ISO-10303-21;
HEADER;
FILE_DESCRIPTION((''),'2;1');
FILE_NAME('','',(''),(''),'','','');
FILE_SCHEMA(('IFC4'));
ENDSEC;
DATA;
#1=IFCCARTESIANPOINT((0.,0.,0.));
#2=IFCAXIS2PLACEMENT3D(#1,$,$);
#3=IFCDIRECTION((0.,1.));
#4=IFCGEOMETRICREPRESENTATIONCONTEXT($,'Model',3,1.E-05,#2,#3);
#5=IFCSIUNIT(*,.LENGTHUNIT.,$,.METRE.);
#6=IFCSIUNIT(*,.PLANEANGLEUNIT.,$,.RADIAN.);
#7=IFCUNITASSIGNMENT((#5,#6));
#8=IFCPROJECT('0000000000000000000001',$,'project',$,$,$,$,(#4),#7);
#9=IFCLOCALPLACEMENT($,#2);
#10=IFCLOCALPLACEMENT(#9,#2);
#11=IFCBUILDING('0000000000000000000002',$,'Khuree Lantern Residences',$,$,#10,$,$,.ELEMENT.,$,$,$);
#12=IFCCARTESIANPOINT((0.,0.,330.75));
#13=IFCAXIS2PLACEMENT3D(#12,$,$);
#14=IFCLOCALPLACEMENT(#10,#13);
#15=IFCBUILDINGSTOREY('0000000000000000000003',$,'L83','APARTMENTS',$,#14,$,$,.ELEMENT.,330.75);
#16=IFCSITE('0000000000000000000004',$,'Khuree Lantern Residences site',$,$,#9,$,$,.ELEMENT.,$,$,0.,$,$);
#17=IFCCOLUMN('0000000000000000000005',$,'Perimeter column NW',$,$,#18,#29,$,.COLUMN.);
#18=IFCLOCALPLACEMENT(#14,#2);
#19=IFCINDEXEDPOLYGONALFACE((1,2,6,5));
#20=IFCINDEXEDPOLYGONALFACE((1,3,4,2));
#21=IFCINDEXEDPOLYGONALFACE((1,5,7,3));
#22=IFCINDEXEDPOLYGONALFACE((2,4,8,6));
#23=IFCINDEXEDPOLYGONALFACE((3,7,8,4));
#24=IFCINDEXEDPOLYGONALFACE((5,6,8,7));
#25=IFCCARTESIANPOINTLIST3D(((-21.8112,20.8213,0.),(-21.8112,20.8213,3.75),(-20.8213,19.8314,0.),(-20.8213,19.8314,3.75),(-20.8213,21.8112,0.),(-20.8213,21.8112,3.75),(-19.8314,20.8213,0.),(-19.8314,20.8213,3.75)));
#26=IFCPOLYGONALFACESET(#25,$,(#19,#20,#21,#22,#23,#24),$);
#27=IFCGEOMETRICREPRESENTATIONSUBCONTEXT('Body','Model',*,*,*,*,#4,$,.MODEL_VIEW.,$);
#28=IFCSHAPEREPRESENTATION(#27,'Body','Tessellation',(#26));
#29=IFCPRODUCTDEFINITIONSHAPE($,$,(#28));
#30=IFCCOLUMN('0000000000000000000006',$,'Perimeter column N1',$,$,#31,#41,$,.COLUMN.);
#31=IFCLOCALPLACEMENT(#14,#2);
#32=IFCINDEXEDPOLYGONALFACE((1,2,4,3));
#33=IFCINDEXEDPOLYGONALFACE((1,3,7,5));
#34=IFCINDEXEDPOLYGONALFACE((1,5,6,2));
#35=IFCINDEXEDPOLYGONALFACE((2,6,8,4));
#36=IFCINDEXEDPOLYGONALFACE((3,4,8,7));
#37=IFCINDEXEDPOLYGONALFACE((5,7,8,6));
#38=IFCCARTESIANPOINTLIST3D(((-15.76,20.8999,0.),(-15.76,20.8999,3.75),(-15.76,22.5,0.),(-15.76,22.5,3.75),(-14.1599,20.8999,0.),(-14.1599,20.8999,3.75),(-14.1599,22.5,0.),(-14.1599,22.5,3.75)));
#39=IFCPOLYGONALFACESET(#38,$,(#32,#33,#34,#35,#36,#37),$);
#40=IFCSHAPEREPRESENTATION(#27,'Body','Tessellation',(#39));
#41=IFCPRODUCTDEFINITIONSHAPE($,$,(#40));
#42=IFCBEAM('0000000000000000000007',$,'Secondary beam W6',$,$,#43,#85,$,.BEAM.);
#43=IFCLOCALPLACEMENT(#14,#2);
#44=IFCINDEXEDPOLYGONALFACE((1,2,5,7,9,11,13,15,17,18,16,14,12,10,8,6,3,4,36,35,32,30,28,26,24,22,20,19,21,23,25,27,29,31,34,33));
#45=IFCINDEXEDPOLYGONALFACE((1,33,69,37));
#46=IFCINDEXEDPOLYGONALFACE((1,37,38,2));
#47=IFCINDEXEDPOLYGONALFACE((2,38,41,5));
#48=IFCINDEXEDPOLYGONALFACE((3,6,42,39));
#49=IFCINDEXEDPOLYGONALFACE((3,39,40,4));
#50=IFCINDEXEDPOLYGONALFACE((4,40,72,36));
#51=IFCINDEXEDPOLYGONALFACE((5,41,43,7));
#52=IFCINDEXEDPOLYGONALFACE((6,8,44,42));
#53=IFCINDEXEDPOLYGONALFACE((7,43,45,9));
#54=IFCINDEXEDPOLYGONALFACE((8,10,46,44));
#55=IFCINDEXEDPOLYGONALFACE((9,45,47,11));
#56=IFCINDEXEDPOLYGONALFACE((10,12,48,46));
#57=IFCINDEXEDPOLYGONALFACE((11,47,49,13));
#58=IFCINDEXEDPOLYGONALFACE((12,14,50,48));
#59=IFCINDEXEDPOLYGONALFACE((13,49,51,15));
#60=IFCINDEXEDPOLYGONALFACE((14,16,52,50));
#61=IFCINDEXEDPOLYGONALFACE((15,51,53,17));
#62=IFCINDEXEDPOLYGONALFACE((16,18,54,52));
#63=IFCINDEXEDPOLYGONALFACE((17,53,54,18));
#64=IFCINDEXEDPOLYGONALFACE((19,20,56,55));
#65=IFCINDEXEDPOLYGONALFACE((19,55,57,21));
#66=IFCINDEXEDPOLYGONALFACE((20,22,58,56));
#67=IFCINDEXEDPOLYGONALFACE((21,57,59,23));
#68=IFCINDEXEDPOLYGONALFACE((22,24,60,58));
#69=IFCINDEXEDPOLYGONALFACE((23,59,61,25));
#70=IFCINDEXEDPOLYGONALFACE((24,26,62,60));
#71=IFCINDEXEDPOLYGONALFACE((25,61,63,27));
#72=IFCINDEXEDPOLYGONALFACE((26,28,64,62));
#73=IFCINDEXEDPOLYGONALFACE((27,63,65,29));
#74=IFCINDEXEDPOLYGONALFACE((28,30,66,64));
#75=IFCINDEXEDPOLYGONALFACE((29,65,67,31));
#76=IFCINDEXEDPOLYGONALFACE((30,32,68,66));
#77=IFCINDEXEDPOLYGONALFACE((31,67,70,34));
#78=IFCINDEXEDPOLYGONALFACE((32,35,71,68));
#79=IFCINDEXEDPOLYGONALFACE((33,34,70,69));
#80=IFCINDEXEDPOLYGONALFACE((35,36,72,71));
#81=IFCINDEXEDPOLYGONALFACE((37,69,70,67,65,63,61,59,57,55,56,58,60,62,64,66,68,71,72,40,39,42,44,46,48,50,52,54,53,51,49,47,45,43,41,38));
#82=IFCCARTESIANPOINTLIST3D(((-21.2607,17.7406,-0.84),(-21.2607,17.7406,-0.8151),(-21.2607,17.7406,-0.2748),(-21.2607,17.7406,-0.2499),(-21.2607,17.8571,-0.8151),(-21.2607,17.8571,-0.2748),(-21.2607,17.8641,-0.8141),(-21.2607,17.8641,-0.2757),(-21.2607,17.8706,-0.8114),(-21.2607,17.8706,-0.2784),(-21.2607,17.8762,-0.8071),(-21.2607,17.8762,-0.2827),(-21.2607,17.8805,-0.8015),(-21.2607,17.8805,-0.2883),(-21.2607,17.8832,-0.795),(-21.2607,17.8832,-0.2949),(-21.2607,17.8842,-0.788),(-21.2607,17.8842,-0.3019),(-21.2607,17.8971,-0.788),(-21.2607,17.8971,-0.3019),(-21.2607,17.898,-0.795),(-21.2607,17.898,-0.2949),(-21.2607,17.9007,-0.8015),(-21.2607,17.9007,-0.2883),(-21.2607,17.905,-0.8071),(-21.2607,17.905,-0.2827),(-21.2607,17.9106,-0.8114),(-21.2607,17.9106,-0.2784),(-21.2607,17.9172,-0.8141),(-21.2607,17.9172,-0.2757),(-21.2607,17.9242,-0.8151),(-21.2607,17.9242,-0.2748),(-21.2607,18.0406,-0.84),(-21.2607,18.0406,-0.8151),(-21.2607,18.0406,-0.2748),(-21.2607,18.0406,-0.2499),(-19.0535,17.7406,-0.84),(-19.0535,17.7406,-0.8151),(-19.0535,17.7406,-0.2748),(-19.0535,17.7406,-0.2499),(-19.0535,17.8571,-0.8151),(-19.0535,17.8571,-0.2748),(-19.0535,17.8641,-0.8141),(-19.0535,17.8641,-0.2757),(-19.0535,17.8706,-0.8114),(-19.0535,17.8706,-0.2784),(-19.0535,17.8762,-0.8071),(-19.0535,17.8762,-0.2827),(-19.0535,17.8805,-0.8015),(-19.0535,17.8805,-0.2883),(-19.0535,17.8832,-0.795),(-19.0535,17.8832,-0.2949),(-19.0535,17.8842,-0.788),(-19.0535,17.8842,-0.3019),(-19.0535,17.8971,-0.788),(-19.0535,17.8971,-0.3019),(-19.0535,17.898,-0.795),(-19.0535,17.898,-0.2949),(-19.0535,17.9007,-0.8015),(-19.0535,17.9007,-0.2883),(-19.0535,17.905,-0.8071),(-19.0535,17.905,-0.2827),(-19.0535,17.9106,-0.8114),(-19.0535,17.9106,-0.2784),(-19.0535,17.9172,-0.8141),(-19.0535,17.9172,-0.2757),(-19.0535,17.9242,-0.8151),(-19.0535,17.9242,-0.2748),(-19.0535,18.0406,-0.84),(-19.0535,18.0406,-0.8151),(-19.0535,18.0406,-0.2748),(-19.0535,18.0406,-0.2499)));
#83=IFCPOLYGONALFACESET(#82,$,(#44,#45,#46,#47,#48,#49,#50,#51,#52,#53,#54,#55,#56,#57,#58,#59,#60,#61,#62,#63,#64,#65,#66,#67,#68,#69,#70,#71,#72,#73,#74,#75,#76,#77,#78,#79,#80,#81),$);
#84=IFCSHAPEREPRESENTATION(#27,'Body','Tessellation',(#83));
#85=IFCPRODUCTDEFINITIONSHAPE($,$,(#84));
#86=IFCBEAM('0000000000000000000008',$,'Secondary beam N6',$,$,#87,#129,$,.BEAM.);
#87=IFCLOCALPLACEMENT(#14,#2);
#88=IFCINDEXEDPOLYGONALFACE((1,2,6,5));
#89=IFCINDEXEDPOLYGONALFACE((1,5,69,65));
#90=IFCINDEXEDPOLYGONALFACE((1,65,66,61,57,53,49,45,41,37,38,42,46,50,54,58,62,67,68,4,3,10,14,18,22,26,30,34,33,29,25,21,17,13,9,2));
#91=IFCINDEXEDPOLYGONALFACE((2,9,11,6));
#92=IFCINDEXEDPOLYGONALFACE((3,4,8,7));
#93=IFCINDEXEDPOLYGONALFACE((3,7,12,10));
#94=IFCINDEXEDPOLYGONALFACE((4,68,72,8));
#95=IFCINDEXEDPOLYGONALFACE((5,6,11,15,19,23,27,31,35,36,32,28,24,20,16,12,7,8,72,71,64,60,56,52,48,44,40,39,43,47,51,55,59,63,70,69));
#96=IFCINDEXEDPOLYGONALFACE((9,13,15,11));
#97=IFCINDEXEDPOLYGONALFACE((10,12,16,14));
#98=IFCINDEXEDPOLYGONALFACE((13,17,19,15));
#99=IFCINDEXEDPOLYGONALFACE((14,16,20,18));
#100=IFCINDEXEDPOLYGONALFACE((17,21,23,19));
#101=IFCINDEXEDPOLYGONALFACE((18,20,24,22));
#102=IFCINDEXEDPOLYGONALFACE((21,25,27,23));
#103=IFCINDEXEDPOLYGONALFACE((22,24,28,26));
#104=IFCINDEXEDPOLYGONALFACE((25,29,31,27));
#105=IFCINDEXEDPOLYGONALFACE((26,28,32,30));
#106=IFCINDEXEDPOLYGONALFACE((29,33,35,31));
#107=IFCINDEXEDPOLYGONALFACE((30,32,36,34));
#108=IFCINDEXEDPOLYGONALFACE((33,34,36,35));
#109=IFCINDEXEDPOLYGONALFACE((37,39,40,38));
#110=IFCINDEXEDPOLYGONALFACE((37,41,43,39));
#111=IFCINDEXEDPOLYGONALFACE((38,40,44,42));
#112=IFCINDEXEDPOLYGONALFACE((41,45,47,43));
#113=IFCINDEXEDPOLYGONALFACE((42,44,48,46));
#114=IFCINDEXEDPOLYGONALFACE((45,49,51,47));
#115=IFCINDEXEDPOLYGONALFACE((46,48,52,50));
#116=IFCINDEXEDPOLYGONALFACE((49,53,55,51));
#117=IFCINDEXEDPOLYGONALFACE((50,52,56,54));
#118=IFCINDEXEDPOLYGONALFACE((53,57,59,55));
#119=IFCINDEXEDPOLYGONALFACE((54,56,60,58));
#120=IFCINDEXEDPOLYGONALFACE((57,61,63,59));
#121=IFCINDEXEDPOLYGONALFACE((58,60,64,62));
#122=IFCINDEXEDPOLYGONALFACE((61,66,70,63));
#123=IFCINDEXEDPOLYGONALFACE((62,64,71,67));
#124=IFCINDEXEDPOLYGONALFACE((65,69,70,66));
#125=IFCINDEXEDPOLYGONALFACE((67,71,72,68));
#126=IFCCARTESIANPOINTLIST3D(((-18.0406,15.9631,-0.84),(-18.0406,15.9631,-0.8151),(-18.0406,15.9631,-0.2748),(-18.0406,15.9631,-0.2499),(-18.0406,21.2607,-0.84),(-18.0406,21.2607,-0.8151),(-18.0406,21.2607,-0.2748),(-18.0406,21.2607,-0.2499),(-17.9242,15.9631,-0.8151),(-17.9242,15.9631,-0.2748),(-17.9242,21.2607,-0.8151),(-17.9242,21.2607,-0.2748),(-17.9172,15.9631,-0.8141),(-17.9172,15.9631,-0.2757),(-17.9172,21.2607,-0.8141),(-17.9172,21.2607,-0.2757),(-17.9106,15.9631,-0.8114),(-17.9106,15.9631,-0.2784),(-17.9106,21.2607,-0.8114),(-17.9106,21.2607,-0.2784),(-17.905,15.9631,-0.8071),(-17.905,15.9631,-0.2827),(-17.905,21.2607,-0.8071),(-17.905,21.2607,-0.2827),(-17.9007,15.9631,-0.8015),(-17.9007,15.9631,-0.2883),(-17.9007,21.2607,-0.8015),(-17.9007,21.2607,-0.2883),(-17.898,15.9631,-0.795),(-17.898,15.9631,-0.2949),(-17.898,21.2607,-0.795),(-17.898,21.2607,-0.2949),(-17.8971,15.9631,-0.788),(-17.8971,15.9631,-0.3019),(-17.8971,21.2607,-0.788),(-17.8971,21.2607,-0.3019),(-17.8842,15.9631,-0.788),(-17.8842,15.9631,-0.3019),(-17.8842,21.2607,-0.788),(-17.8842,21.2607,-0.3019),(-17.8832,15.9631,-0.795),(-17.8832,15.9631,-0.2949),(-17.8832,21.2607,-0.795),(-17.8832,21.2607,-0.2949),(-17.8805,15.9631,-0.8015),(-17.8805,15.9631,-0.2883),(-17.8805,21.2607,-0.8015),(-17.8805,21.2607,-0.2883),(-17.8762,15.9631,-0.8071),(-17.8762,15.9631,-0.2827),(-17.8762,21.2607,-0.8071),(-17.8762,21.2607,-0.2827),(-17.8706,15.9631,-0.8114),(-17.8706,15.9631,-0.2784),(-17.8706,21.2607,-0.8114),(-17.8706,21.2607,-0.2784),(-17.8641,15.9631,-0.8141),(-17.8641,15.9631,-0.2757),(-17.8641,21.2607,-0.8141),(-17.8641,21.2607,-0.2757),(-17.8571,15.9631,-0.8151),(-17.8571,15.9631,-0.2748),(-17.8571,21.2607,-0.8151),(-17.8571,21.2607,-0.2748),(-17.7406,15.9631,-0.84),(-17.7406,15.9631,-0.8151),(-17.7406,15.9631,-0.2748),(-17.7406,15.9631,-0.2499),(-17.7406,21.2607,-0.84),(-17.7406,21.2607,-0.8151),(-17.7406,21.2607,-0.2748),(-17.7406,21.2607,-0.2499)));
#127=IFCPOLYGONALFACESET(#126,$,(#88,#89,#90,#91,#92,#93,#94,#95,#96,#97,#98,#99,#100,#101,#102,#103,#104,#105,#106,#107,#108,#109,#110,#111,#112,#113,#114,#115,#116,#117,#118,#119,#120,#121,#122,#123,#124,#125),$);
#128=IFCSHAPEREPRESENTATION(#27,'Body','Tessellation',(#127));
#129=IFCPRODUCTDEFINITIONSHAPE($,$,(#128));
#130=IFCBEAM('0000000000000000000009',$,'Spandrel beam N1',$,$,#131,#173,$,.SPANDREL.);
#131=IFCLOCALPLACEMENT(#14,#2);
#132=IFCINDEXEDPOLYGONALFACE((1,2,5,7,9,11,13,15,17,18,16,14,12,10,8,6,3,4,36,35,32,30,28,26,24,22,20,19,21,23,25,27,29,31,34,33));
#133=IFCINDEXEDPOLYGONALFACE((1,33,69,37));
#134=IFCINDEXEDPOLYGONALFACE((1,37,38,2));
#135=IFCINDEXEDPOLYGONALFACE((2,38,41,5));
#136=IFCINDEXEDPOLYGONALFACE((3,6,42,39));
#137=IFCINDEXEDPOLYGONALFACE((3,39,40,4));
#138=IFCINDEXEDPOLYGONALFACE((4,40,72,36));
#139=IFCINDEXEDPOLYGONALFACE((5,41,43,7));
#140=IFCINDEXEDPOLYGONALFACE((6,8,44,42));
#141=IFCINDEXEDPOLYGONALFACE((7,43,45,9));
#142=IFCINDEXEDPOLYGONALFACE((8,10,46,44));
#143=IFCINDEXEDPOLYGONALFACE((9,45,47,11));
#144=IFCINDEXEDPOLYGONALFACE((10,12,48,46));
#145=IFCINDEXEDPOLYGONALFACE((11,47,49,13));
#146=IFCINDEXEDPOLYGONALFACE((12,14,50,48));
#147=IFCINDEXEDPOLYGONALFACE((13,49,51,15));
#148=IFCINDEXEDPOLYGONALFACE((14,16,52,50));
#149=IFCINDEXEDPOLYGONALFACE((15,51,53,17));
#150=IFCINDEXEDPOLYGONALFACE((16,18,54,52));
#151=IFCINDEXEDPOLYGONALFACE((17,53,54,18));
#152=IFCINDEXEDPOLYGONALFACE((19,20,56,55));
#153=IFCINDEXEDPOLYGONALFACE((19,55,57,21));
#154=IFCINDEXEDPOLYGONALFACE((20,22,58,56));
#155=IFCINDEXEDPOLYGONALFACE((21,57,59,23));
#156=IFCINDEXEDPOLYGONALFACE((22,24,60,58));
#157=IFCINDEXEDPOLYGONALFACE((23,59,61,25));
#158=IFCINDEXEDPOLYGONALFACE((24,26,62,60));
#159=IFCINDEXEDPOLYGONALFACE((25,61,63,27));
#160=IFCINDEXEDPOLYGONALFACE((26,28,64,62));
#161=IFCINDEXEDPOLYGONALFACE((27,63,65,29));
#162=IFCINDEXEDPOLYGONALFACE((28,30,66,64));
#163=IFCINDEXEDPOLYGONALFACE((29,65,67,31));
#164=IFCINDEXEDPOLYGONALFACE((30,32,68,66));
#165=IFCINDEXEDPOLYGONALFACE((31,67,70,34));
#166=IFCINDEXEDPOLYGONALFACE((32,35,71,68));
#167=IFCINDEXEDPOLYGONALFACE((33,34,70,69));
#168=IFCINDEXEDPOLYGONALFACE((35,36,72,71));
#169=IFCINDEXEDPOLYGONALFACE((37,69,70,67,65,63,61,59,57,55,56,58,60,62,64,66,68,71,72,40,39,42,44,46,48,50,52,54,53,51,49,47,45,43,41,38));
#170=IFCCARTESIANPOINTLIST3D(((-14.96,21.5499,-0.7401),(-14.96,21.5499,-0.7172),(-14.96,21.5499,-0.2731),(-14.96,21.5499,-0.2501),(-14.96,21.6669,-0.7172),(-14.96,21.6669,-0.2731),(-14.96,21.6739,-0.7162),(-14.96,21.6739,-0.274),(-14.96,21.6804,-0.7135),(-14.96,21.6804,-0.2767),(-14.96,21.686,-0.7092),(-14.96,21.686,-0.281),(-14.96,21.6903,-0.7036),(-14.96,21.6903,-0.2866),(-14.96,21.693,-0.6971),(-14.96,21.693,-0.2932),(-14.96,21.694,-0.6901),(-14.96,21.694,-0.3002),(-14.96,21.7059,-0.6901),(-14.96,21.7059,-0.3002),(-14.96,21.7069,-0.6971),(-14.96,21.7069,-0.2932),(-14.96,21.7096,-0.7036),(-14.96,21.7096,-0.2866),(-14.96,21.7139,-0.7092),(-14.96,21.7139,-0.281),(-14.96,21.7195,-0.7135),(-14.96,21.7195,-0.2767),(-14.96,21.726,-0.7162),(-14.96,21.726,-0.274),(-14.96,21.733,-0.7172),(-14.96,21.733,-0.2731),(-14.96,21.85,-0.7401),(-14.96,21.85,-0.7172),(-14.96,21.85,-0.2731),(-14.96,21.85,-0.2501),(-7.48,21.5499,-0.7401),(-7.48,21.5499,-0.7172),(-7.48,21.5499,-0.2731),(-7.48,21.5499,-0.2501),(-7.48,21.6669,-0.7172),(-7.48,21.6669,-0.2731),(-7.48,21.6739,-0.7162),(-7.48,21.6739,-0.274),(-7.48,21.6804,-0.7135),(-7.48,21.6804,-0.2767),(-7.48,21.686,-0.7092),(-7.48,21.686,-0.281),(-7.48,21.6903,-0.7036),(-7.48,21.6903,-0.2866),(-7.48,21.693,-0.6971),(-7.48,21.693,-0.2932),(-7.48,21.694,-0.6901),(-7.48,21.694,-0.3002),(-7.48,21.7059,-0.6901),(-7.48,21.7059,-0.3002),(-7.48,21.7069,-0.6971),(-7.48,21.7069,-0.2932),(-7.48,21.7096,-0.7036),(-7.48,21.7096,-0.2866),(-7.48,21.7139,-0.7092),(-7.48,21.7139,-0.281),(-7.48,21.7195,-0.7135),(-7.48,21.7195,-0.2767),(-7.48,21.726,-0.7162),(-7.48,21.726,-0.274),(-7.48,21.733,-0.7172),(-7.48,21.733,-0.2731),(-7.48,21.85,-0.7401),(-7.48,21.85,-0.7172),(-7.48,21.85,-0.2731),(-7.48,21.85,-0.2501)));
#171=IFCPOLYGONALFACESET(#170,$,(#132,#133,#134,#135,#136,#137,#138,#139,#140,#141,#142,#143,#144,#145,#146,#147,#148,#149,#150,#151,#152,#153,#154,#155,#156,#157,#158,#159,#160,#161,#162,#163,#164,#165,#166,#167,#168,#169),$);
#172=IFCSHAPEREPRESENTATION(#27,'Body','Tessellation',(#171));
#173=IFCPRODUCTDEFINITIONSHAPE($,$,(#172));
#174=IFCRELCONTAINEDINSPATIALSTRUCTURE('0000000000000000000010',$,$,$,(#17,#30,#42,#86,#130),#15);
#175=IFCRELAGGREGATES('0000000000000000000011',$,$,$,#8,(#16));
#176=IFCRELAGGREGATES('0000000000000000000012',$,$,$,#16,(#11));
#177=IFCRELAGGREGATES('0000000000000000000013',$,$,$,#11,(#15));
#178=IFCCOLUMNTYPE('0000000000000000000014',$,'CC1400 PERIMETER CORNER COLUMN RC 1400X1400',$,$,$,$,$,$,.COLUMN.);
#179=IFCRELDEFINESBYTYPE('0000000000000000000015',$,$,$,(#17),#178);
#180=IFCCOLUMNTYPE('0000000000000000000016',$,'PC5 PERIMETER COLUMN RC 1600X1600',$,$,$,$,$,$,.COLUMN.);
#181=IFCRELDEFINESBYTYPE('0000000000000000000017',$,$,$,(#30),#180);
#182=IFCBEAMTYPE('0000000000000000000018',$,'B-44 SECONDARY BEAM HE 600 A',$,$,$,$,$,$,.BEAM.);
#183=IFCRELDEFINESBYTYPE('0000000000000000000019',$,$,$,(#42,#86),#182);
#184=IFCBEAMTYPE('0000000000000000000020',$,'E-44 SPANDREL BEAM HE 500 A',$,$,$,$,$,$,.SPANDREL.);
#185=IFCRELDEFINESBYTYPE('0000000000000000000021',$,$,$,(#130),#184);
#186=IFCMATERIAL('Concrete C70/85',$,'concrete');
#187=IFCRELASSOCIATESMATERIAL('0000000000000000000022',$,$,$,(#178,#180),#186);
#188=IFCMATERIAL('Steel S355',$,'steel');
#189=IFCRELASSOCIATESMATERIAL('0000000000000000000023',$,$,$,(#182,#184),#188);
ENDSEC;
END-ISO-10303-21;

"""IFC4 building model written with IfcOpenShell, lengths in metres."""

from ifc_helpers import new_model, si_unit, direction, frame, origin, origin_2d, place, context, subcontext, project, spatial, rectangle, i_section, extrude, material, material_profile, profile_set, type_object, element, save


model = new_model("IFC4")

# Units and contexts
model_context = context("Model", 3, precision=1e-05, world=origin(), true_north=direction((0.0, 1.0)))
body_context = subcontext(model_context, "Body", "Model", "MODEL_VIEW")
ifc_project = project(units=[si_unit("LENGTHUNIT", "METRE"), si_unit("PLANEANGLEUNIT", "RADIAN")], contexts=[model_context])

# Site, building, storey
site_placement = place(None, origin())
site = spatial("IfcSite", under=ifc_project, at=site_placement, Name="Khuree Lantern Residences site", CompositionType="ELEMENT", RefElevation=0.0)
building_placement = place(site_placement, origin())
building = spatial("IfcBuilding", under=site, at=building_placement, Name="Khuree Lantern Residences", CompositionType="ELEMENT")
storey_placement = place(building_placement, frame((0.0, 0.0, 330.75)))
storey = spatial("IfcBuildingStorey", under=building, at=storey_placement, Name="L83", Description="APARTMENTS", CompositionType="ELEMENT", Elevation=330.75)

# Columns
ifc_material_1 = material(Name="Concrete C70/85", Category="concrete")
ifc_material_profile_1 = material_profile(ifc_material_1, rectangle(XDim=1.3999, YDim=1.3999, at=origin_2d()), Name="RC 1400X1400")
ifc_profile_set_1 = profile_set([ifc_material_profile_1], Name="Concrete C70/85")
column_type_1 = type_object("IfcColumnType", Name="CC1400 PERIMETER CORNER COLUMN RC 1400X1400", PredefinedType="COLUMN", material=ifc_profile_set_1)
column_1_placement = place(storey_placement, frame((-20.8213, 20.8213, 0.0), z_axis=(0.0, 0.0, 1.0), x_axis=(0.707107, 0.707107, 0.0)))
element("IfcColumn", 1, at=column_1_placement, inside=storey, type_object=column_type_1, Name="Perimeter column NW", PredefinedType="COLUMN", context=body_context, shape_type="SweptSolid", body=[
    extrude(rectangle(XDim=1.3999, YDim=1.3999, at=origin_2d()), origin(), (0.0, 0.0, 1.0), 3.75),
])
ifc_material_profile_2 = material_profile(ifc_material_1, rectangle(XDim=1.6001, YDim=1.6001, at=origin_2d()), Name="RC 1600X1600")
ifc_profile_set_2 = profile_set([ifc_material_profile_2], Name="Concrete C70/85")
column_type_2 = type_object("IfcColumnType", Name="PC5 PERIMETER COLUMN RC 1600X1600", PredefinedType="COLUMN", material=ifc_profile_set_2)
column_2_placement = place(storey_placement, frame((-14.96, 21.7, 0.0), z_axis=(0.0, 0.0, 1.0), x_axis=(1.0, 0.0, 0.0)))
element("IfcColumn", 2, at=column_2_placement, inside=storey, type_object=column_type_2, Name="Perimeter column N1", PredefinedType="COLUMN", context=body_context, shape_type="SweptSolid", body=[
    extrude(rectangle(XDim=1.6001, YDim=1.6001, at=origin_2d()), origin(), (0.0, 0.0, 1.0), 3.75),
])

# Beams
ifc_material_2 = material(Name="Steel S355", Category="steel")
ifc_material_profile_3 = material_profile(ifc_material_2, i_section(OverallWidth=0.3, OverallDepth=0.5901, WebThickness=0.0129, FlangeThickness=0.0249, FilletRadius=0.0271, at=origin_2d()), Name="HE 600 A")
ifc_profile_set_3 = profile_set([ifc_material_profile_3], Name="Steel S355")
beam_type_1 = type_object("IfcBeamType", Name="B-44 SECONDARY BEAM HE 600 A", PredefinedType="BEAM", material=ifc_profile_set_3)
beam_1_placement = place(storey_placement, frame((-21.2607, 17.8906, -0.5449), z_axis=(1.0, 0.0, 0.0), x_axis=(0.0, 1.0, 0.0)))
element("IfcBeam", 3, at=beam_1_placement, inside=storey, type_object=beam_type_1, Name="Secondary beam W6", PredefinedType="BEAM", context=body_context, shape_type="SweptSolid", body=[
    extrude(i_section(OverallWidth=0.3, OverallDepth=0.5901, WebThickness=0.0129, FlangeThickness=0.0249, FilletRadius=0.0271, at=origin_2d()), origin(), (0.0, 0.0, 1.0), 2.2073),
])
beam_2_placement = place(storey_placement, frame((-17.8906, 21.2607, -0.5449), z_axis=(0.0, -1.0, 0.0), x_axis=(1.0, 0.0, 0.0)))
element("IfcBeam", 4, at=beam_2_placement, inside=storey, type_object=beam_type_1, Name="Secondary beam N6", PredefinedType="BEAM", context=body_context, shape_type="SweptSolid", body=[
    extrude(i_section(OverallWidth=0.3, OverallDepth=0.5901, WebThickness=0.0129, FlangeThickness=0.0249, FilletRadius=0.0271, at=origin_2d()), origin(), (0.0, 0.0, 1.0), 5.2976),
])
ifc_material_profile_4 = material_profile(ifc_material_2, i_section(OverallWidth=0.3, OverallDepth=0.49, WebThickness=0.012, FlangeThickness=0.0229, FilletRadius=0.0271, at=origin_2d()), Name="HE 500 A")
ifc_profile_set_4 = profile_set([ifc_material_profile_4], Name="Steel S355")
beam_type_2 = type_object("IfcBeamType", Name="E-44 SPANDREL BEAM HE 500 A", PredefinedType="SPANDREL", material=ifc_profile_set_4)
beam_3_placement = place(storey_placement, frame((-14.96, 21.7, -0.4951), z_axis=(1.0, 0.0, 0.0), x_axis=(0.0, 1.0, 0.0)))
element("IfcBeam", 5, at=beam_3_placement, inside=storey, type_object=beam_type_2, Name="Spandrel beam N1", PredefinedType="SPANDREL", context=body_context, shape_type="SweptSolid", body=[
    extrude(i_section(OverallWidth=0.3, OverallDepth=0.49, WebThickness=0.012, FlangeThickness=0.0229, FilletRadius=0.0271, at=origin_2d()), origin(), (0.0, 0.0, 1.0), 7.48),
])

save(model, "model.ifc")
